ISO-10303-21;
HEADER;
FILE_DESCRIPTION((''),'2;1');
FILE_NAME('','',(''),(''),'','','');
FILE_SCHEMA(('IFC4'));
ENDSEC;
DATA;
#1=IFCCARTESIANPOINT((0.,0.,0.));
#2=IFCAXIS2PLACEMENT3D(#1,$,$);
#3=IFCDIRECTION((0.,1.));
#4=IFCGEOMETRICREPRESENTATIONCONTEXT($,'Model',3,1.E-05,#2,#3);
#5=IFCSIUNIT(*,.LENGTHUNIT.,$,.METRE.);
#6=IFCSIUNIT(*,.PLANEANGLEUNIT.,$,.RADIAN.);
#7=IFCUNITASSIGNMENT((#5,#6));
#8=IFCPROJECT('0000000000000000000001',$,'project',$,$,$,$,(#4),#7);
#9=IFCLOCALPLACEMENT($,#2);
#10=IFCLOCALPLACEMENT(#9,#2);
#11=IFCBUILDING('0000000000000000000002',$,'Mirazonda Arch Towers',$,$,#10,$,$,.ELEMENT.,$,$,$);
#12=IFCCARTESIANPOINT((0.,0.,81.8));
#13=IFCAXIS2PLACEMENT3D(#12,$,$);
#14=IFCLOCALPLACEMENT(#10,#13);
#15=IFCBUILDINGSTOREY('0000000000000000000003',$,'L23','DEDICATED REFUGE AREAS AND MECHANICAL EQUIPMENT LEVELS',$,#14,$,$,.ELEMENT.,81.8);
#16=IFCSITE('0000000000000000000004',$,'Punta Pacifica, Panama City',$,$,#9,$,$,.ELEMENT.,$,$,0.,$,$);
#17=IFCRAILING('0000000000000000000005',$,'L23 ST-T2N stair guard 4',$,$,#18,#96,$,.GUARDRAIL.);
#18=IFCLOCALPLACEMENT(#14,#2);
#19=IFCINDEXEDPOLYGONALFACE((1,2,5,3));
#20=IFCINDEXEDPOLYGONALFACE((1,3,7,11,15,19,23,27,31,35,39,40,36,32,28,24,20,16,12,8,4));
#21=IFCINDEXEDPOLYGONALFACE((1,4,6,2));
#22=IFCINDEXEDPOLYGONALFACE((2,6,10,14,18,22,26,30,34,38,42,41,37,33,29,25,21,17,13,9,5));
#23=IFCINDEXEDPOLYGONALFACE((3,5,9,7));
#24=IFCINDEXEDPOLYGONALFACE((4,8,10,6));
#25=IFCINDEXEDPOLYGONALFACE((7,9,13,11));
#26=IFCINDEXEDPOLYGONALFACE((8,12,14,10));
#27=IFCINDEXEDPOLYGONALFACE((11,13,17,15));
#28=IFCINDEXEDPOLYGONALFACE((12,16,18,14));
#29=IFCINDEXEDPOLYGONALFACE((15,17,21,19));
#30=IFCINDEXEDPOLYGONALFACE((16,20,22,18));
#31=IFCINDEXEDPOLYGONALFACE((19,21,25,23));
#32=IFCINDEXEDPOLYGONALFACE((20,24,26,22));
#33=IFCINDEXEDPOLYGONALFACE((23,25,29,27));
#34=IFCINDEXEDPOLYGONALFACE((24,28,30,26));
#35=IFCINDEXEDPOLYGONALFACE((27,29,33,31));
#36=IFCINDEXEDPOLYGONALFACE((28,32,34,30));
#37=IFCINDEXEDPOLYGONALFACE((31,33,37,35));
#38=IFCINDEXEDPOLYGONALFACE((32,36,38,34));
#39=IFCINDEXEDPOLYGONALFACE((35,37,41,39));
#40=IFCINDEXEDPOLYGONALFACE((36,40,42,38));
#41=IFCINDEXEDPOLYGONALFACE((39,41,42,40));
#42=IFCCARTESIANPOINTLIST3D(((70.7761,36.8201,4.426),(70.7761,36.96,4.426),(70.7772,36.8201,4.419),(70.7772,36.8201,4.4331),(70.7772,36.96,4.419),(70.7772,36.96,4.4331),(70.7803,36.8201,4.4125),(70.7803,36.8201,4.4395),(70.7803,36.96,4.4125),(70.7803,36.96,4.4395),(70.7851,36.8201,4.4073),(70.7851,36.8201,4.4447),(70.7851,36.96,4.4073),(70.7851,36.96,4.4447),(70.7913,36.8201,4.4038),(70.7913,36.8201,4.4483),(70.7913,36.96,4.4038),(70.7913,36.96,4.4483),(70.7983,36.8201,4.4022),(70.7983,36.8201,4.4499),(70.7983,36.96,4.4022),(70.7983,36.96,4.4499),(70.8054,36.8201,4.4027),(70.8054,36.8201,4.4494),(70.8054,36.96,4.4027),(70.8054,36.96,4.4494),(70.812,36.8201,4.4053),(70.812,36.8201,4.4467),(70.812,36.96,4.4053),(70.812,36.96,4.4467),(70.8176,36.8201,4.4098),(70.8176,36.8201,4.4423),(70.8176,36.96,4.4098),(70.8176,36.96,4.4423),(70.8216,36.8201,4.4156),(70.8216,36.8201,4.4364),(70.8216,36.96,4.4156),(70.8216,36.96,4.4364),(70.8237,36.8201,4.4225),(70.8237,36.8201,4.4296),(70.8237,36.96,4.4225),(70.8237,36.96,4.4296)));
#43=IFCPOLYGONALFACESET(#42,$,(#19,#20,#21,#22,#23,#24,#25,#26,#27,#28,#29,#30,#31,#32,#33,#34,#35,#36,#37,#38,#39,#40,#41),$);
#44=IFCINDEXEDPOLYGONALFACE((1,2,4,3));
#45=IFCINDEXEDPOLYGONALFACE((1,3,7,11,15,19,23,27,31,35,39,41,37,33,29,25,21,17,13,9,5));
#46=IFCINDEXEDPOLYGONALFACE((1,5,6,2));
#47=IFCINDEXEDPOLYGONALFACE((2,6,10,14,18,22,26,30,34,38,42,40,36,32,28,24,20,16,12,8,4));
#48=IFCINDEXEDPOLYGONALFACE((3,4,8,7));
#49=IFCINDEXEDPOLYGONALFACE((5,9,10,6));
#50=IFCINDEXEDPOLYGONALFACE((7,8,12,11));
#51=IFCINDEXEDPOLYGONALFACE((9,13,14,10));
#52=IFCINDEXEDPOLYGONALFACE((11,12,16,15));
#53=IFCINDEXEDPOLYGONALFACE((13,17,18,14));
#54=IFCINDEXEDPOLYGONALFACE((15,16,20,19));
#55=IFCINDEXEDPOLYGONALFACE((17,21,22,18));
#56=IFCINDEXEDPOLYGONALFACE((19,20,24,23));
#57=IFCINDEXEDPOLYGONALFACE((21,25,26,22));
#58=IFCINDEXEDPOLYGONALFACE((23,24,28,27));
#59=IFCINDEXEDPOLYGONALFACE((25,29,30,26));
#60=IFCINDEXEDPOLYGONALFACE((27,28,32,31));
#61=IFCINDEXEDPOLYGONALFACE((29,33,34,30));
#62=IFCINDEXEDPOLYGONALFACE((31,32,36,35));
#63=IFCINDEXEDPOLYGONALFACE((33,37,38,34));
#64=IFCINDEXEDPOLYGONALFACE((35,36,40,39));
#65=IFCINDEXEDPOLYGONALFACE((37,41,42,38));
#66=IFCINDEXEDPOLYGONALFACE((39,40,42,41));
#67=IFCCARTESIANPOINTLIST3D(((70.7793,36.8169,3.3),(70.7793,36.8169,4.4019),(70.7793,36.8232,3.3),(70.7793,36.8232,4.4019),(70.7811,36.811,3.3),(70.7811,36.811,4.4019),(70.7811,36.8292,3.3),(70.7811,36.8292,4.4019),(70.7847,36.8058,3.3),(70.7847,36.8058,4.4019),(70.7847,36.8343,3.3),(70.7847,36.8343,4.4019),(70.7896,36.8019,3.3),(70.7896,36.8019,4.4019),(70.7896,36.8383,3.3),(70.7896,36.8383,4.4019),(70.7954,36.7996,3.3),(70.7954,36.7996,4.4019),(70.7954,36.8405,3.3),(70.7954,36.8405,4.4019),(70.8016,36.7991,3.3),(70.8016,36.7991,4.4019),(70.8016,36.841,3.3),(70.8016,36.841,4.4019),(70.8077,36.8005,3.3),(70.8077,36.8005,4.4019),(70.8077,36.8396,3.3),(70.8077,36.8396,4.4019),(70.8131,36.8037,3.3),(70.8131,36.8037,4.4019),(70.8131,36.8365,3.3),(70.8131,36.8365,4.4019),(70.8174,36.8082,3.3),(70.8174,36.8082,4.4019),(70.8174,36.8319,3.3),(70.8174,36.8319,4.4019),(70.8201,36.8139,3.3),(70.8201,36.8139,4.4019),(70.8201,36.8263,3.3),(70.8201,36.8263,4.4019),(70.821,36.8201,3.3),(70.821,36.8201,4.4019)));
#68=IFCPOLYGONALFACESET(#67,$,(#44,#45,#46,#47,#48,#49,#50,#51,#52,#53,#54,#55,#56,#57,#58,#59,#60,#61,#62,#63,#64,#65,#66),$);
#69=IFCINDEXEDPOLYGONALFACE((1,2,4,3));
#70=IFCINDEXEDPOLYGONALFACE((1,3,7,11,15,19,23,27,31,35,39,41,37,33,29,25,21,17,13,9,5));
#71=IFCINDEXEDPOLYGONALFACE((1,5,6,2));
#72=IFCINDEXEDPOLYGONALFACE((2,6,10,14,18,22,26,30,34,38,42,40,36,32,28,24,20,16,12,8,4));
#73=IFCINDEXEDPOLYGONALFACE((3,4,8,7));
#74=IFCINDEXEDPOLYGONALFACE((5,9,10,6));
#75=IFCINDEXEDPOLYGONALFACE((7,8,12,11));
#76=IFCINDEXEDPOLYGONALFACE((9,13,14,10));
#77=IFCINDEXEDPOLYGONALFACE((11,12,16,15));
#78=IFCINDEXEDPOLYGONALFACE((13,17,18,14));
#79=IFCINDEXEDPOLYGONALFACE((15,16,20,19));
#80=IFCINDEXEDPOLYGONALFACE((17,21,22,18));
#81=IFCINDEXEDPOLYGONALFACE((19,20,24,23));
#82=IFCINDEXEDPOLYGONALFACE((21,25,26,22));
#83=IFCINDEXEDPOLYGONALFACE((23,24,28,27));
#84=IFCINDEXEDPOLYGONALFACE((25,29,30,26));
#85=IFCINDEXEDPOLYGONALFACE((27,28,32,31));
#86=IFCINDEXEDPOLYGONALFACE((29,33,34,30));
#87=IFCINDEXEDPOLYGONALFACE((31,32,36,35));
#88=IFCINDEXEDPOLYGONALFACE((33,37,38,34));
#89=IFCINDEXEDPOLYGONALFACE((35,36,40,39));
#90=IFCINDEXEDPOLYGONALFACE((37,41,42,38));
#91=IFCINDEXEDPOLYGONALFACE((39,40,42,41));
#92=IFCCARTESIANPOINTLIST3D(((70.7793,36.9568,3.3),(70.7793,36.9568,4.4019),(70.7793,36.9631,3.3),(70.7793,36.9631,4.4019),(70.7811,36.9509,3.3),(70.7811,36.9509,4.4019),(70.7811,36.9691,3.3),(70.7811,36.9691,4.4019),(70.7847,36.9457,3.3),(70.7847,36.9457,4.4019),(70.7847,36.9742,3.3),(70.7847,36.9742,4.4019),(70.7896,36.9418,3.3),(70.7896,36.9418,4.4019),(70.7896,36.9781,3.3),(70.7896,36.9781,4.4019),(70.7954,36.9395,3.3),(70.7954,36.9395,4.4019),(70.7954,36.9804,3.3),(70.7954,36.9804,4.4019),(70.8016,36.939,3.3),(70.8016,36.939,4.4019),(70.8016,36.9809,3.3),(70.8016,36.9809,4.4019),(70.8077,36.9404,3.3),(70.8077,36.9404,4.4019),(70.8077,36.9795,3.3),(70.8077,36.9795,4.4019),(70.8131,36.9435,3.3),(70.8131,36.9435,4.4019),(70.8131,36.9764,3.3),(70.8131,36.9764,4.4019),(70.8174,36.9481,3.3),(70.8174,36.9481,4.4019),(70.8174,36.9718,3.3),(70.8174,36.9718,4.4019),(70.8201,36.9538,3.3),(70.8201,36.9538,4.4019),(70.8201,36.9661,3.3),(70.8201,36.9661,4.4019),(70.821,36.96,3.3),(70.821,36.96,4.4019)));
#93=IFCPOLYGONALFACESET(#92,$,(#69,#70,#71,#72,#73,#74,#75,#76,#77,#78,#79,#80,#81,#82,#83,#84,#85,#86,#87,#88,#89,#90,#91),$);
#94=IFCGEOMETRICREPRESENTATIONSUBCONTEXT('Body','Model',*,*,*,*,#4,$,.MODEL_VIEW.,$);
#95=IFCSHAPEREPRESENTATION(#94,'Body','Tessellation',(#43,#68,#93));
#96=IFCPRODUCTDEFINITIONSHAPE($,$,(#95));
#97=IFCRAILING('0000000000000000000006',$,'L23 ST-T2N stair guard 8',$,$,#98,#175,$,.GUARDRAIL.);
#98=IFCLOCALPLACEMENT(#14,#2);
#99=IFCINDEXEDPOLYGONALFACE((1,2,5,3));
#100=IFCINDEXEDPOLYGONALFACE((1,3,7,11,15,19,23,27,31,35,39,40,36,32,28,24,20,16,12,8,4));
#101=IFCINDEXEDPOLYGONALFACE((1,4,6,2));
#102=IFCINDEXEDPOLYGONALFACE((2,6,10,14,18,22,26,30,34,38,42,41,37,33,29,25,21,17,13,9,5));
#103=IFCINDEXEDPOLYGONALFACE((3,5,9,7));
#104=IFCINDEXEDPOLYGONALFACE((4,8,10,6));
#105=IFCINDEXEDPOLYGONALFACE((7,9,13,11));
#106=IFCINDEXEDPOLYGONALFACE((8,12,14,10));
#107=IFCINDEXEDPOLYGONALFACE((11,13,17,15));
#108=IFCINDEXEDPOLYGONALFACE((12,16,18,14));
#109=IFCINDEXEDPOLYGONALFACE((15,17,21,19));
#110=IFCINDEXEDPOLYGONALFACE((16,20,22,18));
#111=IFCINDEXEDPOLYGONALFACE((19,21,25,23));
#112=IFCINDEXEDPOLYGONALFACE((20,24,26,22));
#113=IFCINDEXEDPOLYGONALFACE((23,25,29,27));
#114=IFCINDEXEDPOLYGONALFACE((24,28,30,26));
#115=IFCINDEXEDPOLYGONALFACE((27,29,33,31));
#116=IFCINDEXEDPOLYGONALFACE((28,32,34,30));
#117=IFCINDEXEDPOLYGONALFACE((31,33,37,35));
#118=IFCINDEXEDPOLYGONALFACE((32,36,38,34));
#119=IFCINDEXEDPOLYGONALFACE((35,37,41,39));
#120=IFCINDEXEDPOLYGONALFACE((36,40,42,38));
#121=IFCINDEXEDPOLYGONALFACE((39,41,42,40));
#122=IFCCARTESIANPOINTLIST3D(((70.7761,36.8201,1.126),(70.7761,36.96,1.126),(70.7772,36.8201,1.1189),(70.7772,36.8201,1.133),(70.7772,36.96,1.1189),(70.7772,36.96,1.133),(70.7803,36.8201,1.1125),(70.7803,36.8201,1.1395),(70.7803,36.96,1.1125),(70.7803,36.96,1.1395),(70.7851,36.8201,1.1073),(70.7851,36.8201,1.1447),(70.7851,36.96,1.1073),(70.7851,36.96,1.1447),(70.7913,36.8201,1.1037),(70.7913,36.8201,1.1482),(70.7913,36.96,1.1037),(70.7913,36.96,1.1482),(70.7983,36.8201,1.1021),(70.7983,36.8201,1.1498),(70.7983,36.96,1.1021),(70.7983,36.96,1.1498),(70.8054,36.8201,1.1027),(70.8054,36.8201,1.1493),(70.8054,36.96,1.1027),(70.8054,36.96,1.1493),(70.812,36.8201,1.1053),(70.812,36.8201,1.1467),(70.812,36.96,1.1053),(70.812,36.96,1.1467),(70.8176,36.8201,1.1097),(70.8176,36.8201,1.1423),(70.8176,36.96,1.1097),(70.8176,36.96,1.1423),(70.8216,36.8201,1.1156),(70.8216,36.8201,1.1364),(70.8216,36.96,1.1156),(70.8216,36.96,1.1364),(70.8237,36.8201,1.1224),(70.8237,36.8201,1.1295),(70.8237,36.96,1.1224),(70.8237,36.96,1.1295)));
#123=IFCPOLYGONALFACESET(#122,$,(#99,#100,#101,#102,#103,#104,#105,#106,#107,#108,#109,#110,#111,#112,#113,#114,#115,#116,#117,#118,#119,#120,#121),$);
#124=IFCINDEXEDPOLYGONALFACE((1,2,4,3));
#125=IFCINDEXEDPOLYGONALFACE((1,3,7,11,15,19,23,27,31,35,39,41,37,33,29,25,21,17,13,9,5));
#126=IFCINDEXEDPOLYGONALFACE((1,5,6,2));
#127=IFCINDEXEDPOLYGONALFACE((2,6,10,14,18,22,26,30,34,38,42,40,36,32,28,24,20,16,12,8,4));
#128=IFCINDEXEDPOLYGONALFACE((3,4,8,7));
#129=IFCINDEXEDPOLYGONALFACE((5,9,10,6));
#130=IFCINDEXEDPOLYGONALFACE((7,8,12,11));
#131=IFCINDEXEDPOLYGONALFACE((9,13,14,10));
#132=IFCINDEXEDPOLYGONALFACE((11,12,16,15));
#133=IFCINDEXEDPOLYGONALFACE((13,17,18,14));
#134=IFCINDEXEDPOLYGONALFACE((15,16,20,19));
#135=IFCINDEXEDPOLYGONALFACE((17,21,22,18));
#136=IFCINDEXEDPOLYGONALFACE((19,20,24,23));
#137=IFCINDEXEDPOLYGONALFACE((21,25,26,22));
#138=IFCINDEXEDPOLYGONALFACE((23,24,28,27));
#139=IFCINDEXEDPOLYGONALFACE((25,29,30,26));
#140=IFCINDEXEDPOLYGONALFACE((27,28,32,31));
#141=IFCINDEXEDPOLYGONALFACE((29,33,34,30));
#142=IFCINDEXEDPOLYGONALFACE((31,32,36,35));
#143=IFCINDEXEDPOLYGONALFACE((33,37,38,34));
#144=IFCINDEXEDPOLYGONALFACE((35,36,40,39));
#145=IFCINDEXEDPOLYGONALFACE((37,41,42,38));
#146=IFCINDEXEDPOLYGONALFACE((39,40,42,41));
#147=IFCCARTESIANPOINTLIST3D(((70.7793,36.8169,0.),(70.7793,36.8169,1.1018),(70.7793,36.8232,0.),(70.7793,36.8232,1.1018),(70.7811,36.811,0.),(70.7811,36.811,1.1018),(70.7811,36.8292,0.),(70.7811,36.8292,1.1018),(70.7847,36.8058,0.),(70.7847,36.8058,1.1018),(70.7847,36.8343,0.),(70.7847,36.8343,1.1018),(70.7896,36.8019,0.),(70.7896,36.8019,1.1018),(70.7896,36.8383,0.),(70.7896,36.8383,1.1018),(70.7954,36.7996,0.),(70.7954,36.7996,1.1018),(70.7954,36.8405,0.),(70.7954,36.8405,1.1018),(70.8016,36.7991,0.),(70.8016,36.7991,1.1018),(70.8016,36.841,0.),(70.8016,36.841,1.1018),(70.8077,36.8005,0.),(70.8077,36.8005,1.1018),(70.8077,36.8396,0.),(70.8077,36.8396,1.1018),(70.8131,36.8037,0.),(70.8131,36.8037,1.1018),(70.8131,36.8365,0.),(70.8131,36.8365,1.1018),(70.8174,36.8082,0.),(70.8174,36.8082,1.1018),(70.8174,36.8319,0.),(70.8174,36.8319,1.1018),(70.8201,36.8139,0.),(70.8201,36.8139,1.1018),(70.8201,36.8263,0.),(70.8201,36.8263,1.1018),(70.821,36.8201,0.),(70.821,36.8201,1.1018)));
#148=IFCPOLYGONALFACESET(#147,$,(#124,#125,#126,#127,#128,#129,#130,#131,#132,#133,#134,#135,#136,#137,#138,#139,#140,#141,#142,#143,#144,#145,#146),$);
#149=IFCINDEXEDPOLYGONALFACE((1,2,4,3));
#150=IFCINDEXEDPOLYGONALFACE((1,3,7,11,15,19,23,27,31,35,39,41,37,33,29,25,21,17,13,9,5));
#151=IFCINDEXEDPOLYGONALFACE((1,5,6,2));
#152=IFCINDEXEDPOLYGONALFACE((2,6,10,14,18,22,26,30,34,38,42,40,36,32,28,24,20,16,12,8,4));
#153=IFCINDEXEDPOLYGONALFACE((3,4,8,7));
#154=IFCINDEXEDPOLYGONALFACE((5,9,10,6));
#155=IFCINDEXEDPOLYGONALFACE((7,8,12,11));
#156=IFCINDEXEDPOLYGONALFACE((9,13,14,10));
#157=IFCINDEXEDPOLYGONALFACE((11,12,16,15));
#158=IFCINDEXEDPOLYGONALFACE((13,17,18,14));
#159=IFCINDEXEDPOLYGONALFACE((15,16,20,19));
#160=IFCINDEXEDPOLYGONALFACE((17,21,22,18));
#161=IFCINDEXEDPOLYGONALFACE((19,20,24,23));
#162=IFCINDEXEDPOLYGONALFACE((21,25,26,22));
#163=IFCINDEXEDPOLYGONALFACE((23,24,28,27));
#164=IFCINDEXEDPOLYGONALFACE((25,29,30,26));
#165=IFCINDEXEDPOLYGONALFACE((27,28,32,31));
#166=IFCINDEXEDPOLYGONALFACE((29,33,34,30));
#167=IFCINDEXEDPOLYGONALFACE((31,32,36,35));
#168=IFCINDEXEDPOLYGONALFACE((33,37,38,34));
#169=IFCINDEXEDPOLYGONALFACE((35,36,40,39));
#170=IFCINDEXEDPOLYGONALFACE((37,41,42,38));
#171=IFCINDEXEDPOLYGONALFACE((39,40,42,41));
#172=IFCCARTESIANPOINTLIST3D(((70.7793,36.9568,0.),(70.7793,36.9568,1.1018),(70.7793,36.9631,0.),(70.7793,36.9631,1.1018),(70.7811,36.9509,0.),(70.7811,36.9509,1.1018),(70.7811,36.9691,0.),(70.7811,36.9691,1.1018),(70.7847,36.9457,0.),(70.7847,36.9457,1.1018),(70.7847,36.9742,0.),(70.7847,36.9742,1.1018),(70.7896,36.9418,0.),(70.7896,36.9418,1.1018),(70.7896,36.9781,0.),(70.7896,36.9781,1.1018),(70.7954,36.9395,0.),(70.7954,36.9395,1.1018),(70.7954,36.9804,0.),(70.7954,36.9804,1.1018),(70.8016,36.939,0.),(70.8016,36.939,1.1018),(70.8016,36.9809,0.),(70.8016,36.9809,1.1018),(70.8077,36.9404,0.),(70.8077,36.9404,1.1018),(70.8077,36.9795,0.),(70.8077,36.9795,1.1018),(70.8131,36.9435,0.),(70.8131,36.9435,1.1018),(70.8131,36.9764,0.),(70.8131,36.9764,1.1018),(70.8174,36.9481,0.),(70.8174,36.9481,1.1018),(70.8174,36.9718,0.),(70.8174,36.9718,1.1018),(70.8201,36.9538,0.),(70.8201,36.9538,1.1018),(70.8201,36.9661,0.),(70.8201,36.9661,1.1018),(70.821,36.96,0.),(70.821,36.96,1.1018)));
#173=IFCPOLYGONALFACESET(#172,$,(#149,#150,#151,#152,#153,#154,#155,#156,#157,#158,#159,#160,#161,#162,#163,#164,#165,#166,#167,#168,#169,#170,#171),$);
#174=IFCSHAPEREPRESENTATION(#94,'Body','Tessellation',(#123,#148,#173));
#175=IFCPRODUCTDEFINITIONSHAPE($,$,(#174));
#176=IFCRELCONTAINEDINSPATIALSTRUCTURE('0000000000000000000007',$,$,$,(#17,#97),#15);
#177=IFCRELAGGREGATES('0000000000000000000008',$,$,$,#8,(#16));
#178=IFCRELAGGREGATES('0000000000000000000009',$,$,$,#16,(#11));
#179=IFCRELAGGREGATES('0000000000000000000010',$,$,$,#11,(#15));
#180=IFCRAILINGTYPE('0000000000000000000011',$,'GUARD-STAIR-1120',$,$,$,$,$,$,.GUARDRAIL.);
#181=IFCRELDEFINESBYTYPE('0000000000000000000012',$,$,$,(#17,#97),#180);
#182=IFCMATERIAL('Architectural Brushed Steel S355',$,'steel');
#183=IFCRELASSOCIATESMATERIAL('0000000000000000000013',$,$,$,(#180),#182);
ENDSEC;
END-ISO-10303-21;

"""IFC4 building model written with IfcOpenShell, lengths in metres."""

from ifc_helpers import new_model, si_unit, direction, frame, origin, origin_2d, place, context, subcontext, project, spatial, circle, extrude, material, type_object, element, save


model = new_model("IFC4")

# Units and contexts
model_context = context("Model", 3, precision=1e-05, world=origin(), true_north=direction((0.0, 1.0)))
body_context = subcontext(model_context, "Body", "Model", "MODEL_VIEW")
ifc_project = project(units=[si_unit("LENGTHUNIT", "METRE"), si_unit("PLANEANGLEUNIT", "RADIAN")], contexts=[model_context])

# Site, building, storey
site_placement = place(None, origin())
site = spatial("IfcSite", under=ifc_project, at=site_placement, Name="Punta Pacifica, Panama City", CompositionType="ELEMENT", RefElevation=0.0)
building_placement = place(site_placement, origin())
building = spatial("IfcBuilding", under=site, at=building_placement, Name="Mirazonda Arch Towers", CompositionType="ELEMENT")
storey_placement = place(building_placement, frame((0.0, 0.0, 81.8)))
storey = spatial("IfcBuildingStorey", under=building, at=storey_placement, Name="L23", Description="DEDICATED REFUGE AREAS AND MECHANICAL EQUIPMENT LEVELS", CompositionType="ELEMENT", Elevation=81.8)

# Railings
ifc_material_1 = material(Name="Architectural Brushed Steel S355", Category="steel")
railing_type_1 = type_object("IfcRailingType", Name="GUARD-STAIR-1120", PredefinedType="GUARDRAIL", material=ifc_material_1)
for number, where, name in (
    (1, (70.8, 36.8201, 3.3), "L23 ST-T2N stair guard 4"),
    (2, (70.8, 36.8201, 0.0), "L23 ST-T2N stair guard 8"),
):
    element("IfcRailing", number, at=place(storey_placement, frame(where)), inside=storey, type_object=railing_type_1, Name=name, PredefinedType="GUARDRAIL", context=body_context, shape_type="SweptSolid", body=[
        extrude(circle(Radius=0.0239, at=origin_2d()), frame((0.0, 0.0, 1.126), z_axis=(0.0, 1.0, 0.0), x_axis=(-1.0, 0.0, 0.0)), (0.0, 0.0, 1.0), 0.1399),
        extrude(circle(Radius=0.021, at=origin_2d()), origin(), (0.0, 0.0, 1.0), 1.1018),
        extrude(circle(Radius=0.021, at=origin_2d()), frame((0.0, 0.1399, 0.0)), (0.0, 0.0, 1.0), 1.1018),
    ])

save(model, "model.ifc")
